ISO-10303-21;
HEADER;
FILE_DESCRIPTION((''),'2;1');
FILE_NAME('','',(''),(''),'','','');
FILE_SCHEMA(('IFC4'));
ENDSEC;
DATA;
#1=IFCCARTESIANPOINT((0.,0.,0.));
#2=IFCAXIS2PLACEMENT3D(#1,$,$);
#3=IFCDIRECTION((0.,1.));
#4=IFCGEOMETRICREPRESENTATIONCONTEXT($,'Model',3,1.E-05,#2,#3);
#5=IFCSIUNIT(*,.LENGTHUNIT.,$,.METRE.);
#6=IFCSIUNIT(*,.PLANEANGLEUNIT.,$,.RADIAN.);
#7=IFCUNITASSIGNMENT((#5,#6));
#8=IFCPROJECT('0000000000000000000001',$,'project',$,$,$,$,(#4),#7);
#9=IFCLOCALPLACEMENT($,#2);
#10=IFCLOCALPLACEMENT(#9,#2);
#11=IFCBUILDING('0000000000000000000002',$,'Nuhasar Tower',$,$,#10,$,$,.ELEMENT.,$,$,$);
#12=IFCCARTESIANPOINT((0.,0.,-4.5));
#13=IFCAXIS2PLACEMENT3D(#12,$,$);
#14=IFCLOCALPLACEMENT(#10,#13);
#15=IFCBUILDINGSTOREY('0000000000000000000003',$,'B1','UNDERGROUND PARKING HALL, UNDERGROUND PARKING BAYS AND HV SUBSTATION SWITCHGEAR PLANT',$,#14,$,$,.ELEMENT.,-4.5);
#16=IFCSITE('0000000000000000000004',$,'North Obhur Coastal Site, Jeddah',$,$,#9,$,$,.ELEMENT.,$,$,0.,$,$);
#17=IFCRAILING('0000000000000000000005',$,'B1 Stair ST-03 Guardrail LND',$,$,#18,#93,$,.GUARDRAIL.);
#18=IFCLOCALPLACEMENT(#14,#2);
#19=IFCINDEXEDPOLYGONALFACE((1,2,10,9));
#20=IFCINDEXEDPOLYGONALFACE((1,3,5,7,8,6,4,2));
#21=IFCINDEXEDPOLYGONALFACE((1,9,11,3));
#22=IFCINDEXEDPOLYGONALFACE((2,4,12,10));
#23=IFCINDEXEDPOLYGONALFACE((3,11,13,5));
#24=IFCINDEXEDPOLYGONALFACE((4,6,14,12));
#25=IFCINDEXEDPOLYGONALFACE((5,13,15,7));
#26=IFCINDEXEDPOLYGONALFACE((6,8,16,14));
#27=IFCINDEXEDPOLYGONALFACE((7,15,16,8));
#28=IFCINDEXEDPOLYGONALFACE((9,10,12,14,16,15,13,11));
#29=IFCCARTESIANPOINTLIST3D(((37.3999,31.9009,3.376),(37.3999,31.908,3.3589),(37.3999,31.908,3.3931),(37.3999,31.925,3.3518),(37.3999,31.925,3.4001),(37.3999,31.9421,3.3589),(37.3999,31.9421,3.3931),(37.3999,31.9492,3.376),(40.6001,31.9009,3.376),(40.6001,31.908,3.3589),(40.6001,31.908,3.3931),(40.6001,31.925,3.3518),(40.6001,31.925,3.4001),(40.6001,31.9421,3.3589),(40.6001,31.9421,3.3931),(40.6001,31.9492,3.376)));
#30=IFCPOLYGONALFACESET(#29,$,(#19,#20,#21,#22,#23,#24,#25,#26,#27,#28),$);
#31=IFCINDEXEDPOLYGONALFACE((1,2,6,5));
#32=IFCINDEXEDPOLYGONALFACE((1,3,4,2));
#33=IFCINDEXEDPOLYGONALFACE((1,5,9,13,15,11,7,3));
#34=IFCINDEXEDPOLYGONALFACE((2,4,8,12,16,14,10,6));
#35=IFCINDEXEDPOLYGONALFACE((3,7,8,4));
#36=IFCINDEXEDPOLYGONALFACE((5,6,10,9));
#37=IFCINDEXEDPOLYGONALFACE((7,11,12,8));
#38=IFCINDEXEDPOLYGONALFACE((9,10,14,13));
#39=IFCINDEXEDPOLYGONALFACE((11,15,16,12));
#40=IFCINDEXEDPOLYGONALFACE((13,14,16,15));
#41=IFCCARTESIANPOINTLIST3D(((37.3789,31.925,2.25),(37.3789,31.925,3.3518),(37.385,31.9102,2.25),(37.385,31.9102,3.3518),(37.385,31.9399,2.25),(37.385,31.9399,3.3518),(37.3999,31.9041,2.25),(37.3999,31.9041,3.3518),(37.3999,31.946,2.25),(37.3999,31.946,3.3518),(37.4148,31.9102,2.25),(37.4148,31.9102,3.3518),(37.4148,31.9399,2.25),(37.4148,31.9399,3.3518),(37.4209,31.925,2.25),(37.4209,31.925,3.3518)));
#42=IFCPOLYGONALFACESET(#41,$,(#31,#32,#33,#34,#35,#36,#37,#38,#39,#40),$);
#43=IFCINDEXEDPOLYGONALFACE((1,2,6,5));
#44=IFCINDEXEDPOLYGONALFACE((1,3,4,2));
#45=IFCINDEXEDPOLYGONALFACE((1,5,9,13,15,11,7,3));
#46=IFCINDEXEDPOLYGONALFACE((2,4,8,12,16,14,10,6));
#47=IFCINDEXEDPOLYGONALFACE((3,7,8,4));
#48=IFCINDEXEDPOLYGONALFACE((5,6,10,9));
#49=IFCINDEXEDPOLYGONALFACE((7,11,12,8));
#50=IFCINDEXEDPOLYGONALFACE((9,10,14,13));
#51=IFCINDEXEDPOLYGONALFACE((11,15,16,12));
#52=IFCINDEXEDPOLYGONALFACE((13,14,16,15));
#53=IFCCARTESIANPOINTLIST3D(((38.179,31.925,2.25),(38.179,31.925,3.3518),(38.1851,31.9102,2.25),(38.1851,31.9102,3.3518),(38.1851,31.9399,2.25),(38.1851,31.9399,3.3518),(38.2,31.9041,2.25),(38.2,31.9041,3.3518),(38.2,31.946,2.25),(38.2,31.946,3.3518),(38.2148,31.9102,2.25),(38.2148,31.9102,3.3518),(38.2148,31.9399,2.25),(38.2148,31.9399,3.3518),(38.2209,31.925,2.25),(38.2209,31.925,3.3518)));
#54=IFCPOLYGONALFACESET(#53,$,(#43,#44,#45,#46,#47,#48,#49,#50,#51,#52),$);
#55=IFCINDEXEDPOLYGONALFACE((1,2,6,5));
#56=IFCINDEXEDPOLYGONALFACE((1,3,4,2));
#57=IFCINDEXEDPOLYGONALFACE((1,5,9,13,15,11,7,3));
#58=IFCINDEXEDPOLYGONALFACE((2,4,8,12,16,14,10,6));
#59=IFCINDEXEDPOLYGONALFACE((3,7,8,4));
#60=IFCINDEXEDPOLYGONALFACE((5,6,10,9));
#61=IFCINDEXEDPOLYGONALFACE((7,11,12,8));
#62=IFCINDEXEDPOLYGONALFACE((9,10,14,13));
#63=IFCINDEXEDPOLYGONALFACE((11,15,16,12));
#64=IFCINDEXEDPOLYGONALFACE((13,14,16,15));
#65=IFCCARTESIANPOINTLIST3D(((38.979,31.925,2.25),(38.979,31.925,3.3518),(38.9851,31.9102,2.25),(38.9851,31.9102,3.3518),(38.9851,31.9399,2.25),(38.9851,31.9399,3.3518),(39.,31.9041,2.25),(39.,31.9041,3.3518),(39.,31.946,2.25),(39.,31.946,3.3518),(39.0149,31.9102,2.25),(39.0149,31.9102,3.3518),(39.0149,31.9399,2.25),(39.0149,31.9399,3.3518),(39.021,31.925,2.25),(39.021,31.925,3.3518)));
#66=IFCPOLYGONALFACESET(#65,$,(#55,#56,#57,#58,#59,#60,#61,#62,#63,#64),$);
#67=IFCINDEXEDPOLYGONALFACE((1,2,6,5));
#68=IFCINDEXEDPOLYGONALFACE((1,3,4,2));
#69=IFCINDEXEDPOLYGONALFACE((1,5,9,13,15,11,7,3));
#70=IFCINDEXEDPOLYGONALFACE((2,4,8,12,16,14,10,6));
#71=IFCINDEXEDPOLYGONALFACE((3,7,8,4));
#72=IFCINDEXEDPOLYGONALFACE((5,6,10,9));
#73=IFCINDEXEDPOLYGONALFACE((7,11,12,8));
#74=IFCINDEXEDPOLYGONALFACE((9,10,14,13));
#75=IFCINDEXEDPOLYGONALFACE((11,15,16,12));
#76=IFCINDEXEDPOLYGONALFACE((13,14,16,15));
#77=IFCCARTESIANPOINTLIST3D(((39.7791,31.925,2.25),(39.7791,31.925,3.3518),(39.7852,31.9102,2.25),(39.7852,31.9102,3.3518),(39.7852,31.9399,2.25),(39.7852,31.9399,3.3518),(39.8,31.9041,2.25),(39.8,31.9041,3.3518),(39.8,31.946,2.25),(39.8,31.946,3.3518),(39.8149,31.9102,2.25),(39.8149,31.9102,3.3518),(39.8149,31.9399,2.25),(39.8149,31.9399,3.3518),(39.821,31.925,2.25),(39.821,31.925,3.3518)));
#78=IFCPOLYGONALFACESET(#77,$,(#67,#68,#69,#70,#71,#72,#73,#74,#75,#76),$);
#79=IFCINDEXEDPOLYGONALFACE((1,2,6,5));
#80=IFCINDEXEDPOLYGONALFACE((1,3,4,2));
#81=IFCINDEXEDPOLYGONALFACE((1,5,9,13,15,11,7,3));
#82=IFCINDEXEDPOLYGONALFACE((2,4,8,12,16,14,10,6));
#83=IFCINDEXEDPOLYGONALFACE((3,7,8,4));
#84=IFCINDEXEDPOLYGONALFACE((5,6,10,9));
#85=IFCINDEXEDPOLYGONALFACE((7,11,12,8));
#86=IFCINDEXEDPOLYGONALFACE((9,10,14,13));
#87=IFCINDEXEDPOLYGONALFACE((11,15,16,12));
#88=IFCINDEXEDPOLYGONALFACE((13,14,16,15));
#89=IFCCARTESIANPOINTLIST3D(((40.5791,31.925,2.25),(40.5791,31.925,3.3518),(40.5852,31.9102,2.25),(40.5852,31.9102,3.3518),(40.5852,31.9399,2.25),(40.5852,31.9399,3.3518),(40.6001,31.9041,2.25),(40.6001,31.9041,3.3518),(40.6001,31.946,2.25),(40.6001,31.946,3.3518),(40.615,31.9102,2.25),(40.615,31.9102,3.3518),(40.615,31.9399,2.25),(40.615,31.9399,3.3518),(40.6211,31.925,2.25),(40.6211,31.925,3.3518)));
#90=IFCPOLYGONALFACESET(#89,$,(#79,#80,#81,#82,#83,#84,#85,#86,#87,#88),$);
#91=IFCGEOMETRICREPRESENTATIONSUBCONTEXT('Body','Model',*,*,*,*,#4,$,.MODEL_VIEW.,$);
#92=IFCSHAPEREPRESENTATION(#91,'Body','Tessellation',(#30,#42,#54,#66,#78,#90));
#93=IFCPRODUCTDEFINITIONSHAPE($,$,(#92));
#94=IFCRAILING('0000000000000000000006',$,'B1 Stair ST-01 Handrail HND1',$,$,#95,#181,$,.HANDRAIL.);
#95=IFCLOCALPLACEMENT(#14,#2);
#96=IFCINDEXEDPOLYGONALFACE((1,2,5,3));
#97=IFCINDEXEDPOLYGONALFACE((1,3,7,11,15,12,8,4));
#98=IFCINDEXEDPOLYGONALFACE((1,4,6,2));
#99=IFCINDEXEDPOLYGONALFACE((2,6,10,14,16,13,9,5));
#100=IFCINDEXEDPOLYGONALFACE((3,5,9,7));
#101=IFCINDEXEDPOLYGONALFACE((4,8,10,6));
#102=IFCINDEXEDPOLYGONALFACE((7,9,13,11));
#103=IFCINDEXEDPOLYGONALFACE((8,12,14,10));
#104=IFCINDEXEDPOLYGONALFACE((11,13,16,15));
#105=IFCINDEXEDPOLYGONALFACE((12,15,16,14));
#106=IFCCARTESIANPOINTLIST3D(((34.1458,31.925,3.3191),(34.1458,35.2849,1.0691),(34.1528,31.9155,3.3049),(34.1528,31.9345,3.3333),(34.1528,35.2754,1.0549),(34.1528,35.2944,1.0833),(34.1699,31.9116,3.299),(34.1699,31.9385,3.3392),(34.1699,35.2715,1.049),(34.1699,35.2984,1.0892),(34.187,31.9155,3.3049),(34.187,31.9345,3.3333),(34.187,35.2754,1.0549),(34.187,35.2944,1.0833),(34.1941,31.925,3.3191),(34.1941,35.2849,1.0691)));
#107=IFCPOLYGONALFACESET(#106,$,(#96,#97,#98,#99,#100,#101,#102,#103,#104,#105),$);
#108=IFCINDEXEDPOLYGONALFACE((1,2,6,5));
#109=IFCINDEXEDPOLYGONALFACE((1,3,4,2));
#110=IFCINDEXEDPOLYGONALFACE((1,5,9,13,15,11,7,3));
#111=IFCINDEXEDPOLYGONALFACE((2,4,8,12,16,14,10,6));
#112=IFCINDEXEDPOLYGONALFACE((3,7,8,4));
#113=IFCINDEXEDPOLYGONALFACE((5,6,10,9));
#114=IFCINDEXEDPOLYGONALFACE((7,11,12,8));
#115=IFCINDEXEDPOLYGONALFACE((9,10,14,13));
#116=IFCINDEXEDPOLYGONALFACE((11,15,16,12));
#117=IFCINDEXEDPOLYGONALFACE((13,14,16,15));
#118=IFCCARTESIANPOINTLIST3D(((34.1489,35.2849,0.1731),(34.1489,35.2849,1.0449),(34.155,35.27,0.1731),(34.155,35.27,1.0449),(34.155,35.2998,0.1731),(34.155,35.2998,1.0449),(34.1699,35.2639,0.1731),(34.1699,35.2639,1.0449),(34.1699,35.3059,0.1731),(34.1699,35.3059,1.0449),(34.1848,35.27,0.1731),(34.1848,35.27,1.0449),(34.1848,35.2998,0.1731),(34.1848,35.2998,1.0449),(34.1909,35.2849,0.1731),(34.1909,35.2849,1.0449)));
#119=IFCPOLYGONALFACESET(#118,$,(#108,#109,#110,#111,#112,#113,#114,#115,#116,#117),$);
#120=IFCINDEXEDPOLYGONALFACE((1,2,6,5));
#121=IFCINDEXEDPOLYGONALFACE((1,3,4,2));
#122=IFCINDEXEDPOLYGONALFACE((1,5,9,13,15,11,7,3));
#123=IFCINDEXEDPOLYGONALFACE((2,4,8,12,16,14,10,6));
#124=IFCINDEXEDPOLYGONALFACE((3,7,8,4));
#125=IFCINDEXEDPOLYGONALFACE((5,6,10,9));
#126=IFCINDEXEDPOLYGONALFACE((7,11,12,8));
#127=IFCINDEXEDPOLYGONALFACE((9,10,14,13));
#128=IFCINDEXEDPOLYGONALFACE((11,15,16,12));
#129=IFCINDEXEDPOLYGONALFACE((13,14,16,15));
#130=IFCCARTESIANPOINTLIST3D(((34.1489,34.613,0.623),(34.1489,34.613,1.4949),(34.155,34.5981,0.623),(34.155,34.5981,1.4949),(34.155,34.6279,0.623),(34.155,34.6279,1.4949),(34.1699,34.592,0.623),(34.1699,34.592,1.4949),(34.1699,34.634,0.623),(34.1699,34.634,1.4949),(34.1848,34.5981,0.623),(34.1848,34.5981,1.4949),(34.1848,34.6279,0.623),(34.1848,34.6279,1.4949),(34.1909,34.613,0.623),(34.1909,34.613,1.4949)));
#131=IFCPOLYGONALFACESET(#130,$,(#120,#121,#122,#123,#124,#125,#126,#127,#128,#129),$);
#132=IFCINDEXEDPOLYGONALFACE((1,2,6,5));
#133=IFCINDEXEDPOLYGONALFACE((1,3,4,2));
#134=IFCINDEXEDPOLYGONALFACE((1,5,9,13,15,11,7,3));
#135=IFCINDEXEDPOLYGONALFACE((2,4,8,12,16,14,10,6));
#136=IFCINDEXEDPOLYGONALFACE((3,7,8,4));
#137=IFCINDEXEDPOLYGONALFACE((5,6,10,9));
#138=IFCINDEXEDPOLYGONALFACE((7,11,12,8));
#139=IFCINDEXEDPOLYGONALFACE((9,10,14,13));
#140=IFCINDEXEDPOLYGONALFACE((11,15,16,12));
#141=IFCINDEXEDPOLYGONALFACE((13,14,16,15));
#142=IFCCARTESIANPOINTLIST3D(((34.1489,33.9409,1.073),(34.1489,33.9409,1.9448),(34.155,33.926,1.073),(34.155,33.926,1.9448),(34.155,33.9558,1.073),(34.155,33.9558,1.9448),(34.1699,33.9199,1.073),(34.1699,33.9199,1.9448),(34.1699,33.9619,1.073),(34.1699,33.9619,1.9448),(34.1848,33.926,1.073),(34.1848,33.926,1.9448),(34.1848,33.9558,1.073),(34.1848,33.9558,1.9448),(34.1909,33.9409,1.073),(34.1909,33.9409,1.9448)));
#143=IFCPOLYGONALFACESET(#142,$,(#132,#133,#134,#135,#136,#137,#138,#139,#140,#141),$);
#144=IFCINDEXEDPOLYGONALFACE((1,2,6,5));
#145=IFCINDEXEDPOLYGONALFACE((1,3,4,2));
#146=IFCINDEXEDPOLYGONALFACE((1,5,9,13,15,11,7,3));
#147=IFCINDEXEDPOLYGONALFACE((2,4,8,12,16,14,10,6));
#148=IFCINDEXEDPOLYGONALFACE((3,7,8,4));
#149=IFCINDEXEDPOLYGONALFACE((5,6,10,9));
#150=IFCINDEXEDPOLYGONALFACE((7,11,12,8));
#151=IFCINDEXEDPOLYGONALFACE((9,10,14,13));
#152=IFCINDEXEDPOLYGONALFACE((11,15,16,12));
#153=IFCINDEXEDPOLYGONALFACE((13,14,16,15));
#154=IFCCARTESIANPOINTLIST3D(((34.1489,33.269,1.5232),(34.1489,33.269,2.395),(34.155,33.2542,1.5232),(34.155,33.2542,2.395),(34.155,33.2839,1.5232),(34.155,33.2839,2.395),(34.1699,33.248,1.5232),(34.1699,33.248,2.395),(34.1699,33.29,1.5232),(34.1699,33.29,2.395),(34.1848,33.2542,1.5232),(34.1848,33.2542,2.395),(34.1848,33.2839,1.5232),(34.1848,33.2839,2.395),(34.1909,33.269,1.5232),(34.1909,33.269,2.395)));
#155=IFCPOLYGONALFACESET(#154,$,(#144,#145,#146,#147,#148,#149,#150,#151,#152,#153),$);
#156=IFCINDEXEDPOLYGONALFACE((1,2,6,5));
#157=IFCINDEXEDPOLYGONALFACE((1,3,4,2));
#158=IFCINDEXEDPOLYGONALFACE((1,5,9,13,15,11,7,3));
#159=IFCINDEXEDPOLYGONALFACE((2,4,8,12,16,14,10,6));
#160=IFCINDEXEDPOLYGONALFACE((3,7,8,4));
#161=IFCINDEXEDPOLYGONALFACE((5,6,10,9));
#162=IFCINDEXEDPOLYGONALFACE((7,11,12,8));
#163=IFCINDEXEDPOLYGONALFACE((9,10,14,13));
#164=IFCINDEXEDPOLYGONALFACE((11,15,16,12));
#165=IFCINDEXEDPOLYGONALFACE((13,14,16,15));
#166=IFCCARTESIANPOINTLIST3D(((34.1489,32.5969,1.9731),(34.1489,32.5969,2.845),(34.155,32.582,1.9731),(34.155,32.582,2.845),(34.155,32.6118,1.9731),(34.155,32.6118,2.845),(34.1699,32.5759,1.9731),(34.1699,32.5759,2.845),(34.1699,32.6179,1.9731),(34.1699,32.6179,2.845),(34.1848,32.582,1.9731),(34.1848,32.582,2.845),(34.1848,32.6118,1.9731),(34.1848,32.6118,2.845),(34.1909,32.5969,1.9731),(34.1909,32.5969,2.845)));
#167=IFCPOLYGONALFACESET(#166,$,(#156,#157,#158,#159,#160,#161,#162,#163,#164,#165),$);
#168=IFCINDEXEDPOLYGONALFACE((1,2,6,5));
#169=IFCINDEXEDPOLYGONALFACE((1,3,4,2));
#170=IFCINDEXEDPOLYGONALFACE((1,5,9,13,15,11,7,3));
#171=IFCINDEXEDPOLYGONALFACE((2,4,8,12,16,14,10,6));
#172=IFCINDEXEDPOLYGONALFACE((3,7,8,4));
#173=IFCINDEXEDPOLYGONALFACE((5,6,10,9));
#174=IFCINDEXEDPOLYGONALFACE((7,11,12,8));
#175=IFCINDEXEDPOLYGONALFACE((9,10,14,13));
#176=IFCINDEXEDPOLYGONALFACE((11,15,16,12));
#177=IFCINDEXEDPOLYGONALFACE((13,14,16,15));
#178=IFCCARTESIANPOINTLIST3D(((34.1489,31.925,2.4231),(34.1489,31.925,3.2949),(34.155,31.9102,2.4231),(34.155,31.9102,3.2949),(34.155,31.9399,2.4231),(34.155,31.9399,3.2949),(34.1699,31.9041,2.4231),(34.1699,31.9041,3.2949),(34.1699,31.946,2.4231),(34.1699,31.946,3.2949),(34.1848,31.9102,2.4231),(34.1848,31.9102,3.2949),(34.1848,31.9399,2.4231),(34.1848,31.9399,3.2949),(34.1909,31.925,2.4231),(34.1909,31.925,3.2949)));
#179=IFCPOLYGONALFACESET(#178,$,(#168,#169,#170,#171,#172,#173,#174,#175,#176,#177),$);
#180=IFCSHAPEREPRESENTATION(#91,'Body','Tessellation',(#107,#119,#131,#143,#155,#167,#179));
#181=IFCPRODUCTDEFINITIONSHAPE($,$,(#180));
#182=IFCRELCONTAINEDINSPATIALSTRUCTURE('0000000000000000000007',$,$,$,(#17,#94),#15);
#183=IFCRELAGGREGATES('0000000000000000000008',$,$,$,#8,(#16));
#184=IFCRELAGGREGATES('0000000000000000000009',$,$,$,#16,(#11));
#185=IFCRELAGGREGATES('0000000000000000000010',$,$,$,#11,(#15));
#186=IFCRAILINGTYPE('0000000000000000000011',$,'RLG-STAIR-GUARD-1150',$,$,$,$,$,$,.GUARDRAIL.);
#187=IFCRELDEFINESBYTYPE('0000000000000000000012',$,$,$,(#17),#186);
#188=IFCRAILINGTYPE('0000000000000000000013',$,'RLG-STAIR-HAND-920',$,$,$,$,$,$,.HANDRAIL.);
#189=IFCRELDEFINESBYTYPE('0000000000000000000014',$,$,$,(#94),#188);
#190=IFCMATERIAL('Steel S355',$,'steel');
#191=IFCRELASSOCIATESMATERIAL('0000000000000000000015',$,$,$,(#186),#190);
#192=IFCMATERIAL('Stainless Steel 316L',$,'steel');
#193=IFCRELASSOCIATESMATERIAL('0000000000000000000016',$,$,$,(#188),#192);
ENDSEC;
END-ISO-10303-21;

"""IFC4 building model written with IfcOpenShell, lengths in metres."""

from ifc_helpers import new_model, si_unit, direction, frame, origin, place, context, subcontext, project, spatial, polyline, outline, extrude, material, type_object, element, save


model = new_model("IFC4")

# Units and contexts
model_context = context("Model", 3, precision=1e-05, world=origin(), true_north=direction((0.0, 1.0)))
body_context = subcontext(model_context, "Body", "Model", "MODEL_VIEW")
ifc_project = project(units=[si_unit("LENGTHUNIT", "METRE"), si_unit("PLANEANGLEUNIT", "RADIAN")], contexts=[model_context])

# Site, building, storey
site_placement = place(None, origin())
site = spatial("IfcSite", under=ifc_project, at=site_placement, Name="North Obhur Coastal Site, Jeddah", CompositionType="ELEMENT", RefElevation=0.0)
building_placement = place(site_placement, origin())
building = spatial("IfcBuilding", under=site, at=building_placement, Name="Nuhasar Tower", CompositionType="ELEMENT")
storey_placement = place(building_placement, frame((0.0, 0.0, -4.5)))
storey = spatial("IfcBuildingStorey", under=building, at=storey_placement, Name="B1", Description="UNDERGROUND PARKING HALL, UNDERGROUND PARKING BAYS AND HV SUBSTATION SWITCHGEAR PLANT", CompositionType="ELEMENT", Elevation=-4.5)

# Shared definitions
ifc_material_1 = material(Name="Steel S355", Category="steel")

# Railings
railing_type_1 = type_object("IfcRailingType", Name="RLG-STAIR-GUARD-1150", PredefinedType="GUARDRAIL", material=ifc_material_1)
railing_1_placement = place(storey_placement, frame((37.3999, 31.925, 2.25)))
element("IfcRailing", 1, at=railing_1_placement, inside=storey, type_object=railing_type_1, Name="B1 Stair ST-03 Guardrail LND", PredefinedType="GUARDRAIL", context=body_context, shape_type="SweptSolid", body=[
    extrude(outline(polyline([(0.0242, 0.0), (0.0171, 0.0171), (0.0, 0.0242), (-0.0171, 0.0171), (-0.0242, 0.0), (-0.0171, -0.0171), (0.0, -0.0242), (0.0171, -0.0171), (0.0242, 0.0)])), frame((0.0, 0.0, 1.126), z_axis=(1.0, 0.0, 0.0), x_axis=(0.0, 1.0, 0.0)), (0.0, 0.0, 1.0), 3.2002),
    extrude(outline(polyline([(0.021, 0.0), (0.0149, 0.0149), (0.0, 0.021), (-0.0149, 0.0149), (-0.021, 0.0), (-0.0149, -0.0149), (0.0, -0.021), (0.0149, -0.0149), (0.021, 0.0)])), origin(), (0.0, 0.0, 1.0), 1.1018),
    extrude(outline(polyline([(0.021, 0.0), (0.0149, 0.0149), (0.0, 0.021), (-0.0149, 0.0149), (-0.021, 0.0), (-0.0149, -0.0149), (0.0, -0.021), (0.0149, -0.0149), (0.021, 0.0)])), frame((0.8, 0.0, 0.0)), (0.0, 0.0, 1.0), 1.1018),
    extrude(outline(polyline([(0.021, 0.0), (0.0149, 0.0149), (0.0, 0.021), (-0.0149, 0.0149), (-0.021, 0.0), (-0.0149, -0.0149), (0.0, -0.021), (0.0149, -0.0149), (0.021, 0.0)])), frame((1.6001, 0.0, 0.0)), (0.0, 0.0, 1.0), 1.1018),
    extrude(outline(polyline([(0.021, 0.0), (0.0149, 0.0149), (0.0, 0.021), (-0.0149, 0.0149), (-0.021, 0.0), (-0.0149, -0.0149), (0.0, -0.021), (0.0149, -0.0149), (0.021, 0.0)])), frame((2.4001, 0.0, 0.0)), (0.0, 0.0, 1.0), 1.1018),
    extrude(outline(polyline([(0.021, 0.0), (0.0149, 0.0149), (0.0, 0.021), (-0.0149, 0.0149), (-0.021, 0.0), (-0.0149, -0.0149), (0.0, -0.021), (0.0149, -0.0149), (0.021, 0.0)])), frame((3.2002, 0.0, 0.0)), (0.0, 0.0, 1.0), 1.1018),
])
ifc_material_2 = material(Name="Stainless Steel 316L", Category="steel")
railing_type_2 = type_object("IfcRailingType", Name="RLG-STAIR-HAND-920", PredefinedType="HANDRAIL", material=ifc_material_2)
railing_2_placement = place(storey_placement, frame((34.1699, 35.2849, 0.1731)))
element("IfcRailing", 2, at=railing_2_placement, inside=storey, type_object=railing_type_2, Name="B1 Stair ST-01 Handrail HND1", PredefinedType="HANDRAIL", context=body_context, shape_type="SweptSolid", body=[
    extrude(outline(polyline([(0.0242, 0.0), (0.0171, 0.0171), (0.0, 0.0242), (-0.0171, 0.0171), (-0.0242, 0.0), (-0.0171, -0.0171), (0.0, -0.0242), (0.0171, -0.0171), (0.0242, 0.0)])), frame((0.0, 0.0, 0.896), z_axis=(0.0, -0.830897, 0.556427), x_axis=(1.0, 0.0, 0.0)), (0.0, 0.0, 1.0), 4.0437),
    extrude(outline(polyline([(0.021, 0.0), (0.0149, 0.0149), (0.0, 0.021), (-0.0149, 0.0149), (-0.021, 0.0), (-0.0149, -0.0149), (0.0, -0.021), (0.0149, -0.0149), (0.021, 0.0)])), origin(), (0.0, 0.0, 1.0), 0.8718),
    extrude(outline(polyline([(0.021, 0.0), (0.0149, 0.0149), (0.0, 0.021), (-0.0149, 0.0149), (-0.021, 0.0), (-0.0149, -0.0149), (0.0, -0.021), (0.0149, -0.0149), (0.021, 0.0)])), frame((0.0, -0.6719, 0.45)), (0.0, 0.0, 1.0), 0.8718),
    extrude(outline(polyline([(0.021, 0.0), (0.0149, 0.0149), (0.0, 0.021), (-0.0149, 0.0149), (-0.021, 0.0), (-0.0149, -0.0149), (0.0, -0.021), (0.0149, -0.0149), (0.021, 0.0)])), frame((0.0, -1.344, 0.8999)), (0.0, 0.0, 1.0), 0.8718),
    extrude(outline(polyline([(0.021, 0.0), (0.0149, 0.0149), (0.0, 0.021), (-0.0149, 0.0149), (-0.021, 0.0), (-0.0149, -0.0149), (0.0, -0.021), (0.0149, -0.0149), (0.021, 0.0)])), frame((0.0, -2.0159, 1.3501)), (0.0, 0.0, 1.0), 0.8718),
    extrude(outline(polyline([(0.021, 0.0), (0.0149, 0.0149), (0.0, 0.021), (-0.0149, 0.0149), (-0.021, 0.0), (-0.0149, -0.0149), (0.0, -0.021), (0.0149, -0.0149), (0.021, 0.0)])), frame((0.0, -2.688, 1.8)), (0.0, 0.0, 1.0), 0.8718),
    extrude(outline(polyline([(0.021, 0.0), (0.0149, 0.0149), (0.0, 0.021), (-0.0149, 0.0149), (-0.021, 0.0), (-0.0149, -0.0149), (0.0, -0.021), (0.0149, -0.0149), (0.021, 0.0)])), frame((0.0, -3.3599, 2.25)), (0.0, 0.0, 1.0), 0.8718),
])

save(model, "model.ifc")
